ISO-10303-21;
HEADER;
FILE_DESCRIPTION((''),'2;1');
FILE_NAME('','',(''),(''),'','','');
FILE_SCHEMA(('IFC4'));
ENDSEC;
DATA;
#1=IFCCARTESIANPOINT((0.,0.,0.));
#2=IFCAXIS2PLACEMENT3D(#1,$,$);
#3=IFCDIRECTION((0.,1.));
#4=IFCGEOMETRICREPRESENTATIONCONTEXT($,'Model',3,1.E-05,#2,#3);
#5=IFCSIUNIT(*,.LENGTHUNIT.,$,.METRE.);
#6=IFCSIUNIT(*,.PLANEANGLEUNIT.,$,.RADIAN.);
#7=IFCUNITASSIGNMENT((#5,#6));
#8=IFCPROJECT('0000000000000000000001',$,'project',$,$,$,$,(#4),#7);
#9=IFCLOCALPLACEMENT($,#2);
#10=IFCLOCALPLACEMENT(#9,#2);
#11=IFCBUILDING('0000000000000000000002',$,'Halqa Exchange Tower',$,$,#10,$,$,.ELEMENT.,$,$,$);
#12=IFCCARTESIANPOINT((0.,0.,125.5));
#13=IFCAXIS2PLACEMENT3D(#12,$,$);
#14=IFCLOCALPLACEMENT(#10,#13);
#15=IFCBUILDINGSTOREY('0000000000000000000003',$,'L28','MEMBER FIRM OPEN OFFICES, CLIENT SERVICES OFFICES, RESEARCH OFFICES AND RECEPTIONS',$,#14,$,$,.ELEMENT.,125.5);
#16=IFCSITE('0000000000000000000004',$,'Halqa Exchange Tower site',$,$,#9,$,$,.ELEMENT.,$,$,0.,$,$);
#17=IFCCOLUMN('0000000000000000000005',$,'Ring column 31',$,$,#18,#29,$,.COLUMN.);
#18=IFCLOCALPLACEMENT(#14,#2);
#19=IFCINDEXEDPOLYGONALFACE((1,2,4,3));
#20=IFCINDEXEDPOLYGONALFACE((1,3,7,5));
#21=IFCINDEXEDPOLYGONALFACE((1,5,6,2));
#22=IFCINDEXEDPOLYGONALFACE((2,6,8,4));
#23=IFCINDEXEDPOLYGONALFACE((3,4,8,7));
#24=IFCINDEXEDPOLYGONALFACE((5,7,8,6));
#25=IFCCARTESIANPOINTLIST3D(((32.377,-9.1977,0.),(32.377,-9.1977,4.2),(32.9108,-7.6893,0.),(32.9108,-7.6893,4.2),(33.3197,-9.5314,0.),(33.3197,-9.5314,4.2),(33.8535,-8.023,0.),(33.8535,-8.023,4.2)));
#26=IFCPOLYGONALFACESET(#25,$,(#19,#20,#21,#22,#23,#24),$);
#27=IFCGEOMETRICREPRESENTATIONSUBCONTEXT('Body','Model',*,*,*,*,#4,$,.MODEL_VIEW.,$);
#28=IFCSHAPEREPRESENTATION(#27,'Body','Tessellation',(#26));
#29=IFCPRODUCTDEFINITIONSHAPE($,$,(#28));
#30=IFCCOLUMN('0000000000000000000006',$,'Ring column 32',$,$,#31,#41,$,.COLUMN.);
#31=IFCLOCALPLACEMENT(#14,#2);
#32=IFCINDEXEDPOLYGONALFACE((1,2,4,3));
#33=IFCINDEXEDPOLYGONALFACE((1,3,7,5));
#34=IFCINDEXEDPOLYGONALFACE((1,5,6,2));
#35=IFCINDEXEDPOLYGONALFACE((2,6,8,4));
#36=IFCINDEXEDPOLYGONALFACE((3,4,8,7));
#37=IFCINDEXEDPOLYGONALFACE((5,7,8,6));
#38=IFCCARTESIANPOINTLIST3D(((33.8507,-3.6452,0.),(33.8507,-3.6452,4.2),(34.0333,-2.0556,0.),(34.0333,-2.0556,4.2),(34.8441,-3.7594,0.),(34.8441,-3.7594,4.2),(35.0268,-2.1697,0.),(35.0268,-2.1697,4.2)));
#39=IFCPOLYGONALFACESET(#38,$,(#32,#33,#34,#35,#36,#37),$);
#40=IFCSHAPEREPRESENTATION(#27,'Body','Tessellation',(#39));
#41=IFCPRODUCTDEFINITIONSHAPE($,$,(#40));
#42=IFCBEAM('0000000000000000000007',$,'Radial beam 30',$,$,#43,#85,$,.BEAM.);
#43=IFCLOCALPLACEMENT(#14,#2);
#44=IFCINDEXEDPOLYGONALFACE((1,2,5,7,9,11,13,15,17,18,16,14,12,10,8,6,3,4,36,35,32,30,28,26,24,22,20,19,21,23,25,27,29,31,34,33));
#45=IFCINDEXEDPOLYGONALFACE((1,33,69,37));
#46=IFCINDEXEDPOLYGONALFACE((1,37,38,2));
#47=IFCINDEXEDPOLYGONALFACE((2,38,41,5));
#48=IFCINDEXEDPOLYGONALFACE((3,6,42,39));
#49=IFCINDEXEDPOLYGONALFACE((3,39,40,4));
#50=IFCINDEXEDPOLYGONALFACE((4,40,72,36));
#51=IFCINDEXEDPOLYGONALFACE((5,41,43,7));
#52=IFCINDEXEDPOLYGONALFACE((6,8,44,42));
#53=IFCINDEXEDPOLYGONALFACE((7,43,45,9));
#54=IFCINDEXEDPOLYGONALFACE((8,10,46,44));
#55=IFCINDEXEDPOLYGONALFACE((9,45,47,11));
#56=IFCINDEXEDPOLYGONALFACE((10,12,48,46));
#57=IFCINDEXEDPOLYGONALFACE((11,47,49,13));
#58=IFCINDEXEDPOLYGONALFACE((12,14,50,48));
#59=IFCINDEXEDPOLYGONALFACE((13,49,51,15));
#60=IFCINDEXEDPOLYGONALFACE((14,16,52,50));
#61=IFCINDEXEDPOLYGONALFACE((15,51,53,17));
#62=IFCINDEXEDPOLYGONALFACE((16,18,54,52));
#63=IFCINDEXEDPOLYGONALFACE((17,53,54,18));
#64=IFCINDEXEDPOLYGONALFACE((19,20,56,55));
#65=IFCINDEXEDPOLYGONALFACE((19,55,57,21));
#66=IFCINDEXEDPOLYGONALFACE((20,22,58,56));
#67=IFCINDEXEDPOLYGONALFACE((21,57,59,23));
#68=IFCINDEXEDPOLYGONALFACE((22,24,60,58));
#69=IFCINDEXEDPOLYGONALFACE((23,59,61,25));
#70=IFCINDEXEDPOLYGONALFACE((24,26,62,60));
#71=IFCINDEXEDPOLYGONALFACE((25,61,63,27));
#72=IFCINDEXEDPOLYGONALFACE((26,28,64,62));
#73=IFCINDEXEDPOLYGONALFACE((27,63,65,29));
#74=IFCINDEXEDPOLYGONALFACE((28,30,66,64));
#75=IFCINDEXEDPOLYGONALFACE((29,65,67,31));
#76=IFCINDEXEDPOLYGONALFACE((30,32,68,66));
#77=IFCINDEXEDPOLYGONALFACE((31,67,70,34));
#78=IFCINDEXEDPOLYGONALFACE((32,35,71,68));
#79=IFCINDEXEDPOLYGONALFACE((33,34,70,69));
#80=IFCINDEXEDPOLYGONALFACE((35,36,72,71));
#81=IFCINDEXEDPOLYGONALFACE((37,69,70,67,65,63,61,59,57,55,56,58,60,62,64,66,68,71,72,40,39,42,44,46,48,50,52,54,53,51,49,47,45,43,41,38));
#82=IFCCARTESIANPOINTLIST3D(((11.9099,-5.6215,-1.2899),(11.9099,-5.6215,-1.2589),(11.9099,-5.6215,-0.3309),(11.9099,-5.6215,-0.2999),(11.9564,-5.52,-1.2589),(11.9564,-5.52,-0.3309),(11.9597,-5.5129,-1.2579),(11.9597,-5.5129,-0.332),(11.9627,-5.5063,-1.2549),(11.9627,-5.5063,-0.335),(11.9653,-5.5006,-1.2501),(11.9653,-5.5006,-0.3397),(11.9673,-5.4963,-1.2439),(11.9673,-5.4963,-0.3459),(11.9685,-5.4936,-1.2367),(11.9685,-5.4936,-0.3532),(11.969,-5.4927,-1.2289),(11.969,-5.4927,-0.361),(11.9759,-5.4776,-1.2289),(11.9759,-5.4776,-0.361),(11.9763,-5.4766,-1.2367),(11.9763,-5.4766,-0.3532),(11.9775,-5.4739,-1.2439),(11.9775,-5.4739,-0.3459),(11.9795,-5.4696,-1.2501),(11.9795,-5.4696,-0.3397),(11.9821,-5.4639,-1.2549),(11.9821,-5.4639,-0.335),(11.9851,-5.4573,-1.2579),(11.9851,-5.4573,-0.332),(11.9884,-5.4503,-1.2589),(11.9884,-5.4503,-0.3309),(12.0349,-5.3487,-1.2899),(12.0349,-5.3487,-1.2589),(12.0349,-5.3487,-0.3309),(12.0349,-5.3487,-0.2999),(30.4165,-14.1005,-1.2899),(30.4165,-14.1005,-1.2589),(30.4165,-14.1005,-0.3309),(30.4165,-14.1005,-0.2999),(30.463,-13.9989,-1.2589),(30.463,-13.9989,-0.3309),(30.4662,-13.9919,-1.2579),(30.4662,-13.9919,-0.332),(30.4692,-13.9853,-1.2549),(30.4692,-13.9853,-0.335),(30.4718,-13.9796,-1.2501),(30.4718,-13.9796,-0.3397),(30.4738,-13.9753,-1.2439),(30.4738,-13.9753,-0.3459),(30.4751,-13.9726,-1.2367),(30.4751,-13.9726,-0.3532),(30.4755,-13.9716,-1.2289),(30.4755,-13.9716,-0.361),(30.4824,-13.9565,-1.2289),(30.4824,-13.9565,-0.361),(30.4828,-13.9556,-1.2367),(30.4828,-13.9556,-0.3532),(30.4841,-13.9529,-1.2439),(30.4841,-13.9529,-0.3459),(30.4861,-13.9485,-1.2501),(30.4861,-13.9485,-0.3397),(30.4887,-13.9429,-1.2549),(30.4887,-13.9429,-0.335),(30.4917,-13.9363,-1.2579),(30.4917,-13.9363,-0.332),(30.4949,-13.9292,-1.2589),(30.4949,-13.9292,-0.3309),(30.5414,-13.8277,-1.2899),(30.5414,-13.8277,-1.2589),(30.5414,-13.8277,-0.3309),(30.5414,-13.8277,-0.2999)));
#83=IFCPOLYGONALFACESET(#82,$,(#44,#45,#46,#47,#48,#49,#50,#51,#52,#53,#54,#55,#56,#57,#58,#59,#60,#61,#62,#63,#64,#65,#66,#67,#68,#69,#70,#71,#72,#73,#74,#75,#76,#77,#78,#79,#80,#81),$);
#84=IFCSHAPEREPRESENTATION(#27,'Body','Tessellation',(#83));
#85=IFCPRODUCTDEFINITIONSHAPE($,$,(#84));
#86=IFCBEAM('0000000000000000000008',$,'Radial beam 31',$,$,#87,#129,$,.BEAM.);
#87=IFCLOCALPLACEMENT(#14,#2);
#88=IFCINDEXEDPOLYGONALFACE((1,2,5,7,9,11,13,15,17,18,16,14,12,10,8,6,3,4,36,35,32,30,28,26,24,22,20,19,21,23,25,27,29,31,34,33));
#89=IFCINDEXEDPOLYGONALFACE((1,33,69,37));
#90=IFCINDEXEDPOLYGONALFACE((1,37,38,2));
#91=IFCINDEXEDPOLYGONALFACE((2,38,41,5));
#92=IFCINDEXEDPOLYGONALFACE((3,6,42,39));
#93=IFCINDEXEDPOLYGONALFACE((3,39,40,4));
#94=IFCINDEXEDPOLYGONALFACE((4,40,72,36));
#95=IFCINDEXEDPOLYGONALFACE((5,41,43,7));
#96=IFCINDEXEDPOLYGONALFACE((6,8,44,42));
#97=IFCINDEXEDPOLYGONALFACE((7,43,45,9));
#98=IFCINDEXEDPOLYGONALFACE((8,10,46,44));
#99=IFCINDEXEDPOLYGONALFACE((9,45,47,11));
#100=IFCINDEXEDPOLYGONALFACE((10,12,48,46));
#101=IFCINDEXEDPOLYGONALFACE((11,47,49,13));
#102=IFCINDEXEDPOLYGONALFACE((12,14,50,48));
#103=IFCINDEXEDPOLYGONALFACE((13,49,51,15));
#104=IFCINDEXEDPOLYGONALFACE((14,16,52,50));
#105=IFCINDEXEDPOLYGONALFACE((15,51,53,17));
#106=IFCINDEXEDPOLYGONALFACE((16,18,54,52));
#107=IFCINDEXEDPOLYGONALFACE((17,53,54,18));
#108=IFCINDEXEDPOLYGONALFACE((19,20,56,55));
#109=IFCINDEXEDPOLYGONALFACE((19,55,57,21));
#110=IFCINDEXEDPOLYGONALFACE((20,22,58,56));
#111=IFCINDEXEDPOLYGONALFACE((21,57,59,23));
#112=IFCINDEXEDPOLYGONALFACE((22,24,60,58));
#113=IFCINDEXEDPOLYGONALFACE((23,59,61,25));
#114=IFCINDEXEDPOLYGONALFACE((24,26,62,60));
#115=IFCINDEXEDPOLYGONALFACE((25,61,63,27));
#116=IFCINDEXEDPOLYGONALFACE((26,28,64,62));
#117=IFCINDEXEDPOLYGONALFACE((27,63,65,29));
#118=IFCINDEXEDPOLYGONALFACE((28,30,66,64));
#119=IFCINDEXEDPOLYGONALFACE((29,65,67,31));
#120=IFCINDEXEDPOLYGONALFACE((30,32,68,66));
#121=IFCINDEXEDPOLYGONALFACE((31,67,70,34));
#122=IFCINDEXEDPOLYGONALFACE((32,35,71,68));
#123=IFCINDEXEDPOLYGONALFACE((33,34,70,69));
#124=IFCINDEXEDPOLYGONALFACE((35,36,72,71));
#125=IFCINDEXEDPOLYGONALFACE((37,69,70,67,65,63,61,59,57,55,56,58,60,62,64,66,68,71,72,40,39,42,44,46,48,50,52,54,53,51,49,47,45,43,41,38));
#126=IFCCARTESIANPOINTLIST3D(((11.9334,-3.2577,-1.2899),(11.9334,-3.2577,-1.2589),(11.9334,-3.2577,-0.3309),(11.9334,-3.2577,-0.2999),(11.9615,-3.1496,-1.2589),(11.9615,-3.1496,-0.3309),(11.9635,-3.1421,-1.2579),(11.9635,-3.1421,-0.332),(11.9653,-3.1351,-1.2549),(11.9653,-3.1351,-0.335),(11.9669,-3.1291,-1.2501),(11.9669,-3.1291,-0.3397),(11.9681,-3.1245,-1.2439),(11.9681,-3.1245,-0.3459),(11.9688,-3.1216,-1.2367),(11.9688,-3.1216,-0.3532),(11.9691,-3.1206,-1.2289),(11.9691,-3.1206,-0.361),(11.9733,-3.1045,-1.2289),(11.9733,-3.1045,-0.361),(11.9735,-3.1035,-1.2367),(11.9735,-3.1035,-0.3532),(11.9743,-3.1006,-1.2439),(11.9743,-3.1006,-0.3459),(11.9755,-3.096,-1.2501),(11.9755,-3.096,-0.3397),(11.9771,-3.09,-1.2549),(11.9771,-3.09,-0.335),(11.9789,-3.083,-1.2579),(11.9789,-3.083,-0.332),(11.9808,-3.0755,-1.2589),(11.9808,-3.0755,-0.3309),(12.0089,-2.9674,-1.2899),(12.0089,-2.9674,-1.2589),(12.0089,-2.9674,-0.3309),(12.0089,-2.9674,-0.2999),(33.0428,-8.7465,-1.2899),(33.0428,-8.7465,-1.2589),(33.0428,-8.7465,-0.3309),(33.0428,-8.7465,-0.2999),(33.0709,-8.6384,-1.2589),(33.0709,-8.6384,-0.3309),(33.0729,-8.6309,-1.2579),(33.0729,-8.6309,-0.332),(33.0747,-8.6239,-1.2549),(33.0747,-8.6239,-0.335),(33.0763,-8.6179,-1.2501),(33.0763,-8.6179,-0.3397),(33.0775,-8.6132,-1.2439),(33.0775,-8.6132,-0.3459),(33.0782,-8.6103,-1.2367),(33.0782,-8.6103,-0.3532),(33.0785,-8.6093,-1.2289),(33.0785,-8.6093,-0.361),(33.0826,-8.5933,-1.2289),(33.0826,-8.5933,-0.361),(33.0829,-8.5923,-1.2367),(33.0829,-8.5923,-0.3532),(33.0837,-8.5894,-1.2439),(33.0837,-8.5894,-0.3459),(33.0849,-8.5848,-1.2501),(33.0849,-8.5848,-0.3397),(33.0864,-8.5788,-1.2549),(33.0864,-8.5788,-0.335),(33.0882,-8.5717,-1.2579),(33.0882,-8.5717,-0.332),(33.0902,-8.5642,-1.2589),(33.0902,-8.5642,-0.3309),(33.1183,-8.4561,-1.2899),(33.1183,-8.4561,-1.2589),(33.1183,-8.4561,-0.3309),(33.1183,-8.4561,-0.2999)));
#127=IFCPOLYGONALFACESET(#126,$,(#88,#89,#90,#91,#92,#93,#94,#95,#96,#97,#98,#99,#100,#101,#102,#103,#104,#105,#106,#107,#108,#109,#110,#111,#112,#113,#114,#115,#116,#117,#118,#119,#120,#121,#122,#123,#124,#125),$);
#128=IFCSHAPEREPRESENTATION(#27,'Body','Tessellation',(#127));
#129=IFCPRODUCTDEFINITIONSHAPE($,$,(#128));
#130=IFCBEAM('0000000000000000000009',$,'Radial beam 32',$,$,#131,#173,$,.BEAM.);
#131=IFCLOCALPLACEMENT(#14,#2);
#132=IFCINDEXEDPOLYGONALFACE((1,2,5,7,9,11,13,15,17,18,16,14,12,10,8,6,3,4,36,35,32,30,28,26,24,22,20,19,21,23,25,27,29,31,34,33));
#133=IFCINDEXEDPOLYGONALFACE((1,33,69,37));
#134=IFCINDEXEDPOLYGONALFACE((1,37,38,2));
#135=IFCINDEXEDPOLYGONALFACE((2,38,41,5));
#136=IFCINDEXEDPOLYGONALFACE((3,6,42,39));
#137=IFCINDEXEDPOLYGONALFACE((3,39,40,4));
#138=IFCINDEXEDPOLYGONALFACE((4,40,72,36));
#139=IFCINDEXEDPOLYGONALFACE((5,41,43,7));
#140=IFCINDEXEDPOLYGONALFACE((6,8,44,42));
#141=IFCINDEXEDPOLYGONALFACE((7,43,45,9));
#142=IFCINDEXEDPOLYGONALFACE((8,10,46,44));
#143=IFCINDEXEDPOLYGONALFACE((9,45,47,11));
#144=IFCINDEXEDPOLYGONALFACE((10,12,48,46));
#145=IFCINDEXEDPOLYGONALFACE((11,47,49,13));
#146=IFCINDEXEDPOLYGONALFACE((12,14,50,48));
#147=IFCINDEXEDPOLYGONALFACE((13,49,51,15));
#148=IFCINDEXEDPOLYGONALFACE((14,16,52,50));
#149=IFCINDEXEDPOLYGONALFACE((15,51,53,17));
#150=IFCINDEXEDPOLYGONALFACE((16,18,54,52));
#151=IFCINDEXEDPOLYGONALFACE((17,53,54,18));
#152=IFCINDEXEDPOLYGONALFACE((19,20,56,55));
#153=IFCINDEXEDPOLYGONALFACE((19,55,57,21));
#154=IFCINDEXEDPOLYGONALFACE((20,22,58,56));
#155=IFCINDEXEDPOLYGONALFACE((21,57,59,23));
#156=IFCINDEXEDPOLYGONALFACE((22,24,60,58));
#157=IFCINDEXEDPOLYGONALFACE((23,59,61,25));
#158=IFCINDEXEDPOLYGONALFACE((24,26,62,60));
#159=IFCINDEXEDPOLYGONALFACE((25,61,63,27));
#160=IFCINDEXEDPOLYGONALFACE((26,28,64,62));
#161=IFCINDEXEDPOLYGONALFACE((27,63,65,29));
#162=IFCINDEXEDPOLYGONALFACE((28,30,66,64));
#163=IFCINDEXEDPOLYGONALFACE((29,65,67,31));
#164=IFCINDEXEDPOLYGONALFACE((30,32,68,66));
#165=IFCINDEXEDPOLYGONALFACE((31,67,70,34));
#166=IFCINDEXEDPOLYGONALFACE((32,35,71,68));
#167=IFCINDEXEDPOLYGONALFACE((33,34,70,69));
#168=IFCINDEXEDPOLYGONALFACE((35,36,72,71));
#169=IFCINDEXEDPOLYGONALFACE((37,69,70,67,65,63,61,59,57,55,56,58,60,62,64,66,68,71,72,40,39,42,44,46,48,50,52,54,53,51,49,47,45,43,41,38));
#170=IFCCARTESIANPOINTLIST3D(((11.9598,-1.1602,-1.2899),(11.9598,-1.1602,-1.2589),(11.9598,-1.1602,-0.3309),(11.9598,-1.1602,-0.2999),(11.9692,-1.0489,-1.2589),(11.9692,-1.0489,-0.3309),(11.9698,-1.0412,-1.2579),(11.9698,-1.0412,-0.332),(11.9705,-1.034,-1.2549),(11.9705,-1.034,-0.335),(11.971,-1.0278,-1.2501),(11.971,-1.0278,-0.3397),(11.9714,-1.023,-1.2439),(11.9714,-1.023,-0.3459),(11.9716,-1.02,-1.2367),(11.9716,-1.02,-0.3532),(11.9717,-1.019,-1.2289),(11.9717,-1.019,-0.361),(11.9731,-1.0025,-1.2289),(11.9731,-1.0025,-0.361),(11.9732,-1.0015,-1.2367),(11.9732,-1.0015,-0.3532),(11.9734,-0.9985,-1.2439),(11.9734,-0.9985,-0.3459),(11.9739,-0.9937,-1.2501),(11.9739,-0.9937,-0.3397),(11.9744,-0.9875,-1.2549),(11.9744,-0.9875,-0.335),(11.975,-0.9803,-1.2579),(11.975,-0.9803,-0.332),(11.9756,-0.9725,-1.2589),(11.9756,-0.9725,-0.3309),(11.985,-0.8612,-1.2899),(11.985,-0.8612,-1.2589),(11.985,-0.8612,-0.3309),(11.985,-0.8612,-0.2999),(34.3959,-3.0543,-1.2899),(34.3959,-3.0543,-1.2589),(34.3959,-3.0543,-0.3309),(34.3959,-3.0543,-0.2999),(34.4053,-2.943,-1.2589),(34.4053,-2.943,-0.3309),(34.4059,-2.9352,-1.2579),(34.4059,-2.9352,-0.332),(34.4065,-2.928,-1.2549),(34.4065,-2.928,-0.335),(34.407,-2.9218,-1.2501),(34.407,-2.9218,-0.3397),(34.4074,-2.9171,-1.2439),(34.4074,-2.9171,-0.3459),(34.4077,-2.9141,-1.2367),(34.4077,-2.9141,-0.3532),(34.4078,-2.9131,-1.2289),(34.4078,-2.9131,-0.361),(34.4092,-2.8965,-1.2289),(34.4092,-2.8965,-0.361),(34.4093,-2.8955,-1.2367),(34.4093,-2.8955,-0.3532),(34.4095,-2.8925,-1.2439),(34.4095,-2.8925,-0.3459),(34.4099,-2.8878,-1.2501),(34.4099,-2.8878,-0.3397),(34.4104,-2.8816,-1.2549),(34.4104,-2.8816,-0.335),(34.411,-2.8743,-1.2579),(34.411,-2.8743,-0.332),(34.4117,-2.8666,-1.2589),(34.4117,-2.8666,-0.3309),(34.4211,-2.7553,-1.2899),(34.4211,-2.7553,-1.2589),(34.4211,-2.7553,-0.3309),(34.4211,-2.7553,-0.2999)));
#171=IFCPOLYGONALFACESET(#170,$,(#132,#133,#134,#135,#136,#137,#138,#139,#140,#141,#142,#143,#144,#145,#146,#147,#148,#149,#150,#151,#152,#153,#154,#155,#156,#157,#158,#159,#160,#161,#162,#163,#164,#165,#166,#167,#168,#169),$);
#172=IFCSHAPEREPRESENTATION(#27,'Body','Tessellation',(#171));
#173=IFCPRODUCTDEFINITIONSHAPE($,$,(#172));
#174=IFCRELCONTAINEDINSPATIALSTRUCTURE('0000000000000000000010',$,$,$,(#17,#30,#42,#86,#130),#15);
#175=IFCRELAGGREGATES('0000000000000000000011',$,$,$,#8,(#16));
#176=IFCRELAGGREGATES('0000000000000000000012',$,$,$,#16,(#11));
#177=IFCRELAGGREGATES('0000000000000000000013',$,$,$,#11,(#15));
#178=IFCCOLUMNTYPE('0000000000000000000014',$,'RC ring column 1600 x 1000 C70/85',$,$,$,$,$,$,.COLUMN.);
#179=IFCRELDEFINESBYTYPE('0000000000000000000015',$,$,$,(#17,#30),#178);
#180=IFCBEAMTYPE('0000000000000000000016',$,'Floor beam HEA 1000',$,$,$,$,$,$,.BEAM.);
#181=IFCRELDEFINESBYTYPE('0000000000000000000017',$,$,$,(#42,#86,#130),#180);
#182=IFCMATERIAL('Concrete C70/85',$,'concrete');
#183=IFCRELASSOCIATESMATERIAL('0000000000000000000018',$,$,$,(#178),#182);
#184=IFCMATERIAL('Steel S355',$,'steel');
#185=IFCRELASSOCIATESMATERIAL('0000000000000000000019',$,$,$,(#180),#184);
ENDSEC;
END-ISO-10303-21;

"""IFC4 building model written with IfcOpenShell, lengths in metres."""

from ifc_helpers import new_model, si_unit, direction, frame, origin, origin_2d, place, context, subcontext, project, spatial, rectangle, i_section, extrude, material, material_profile, profile_set, type_object, element, save


model = new_model("IFC4")

# Units and contexts
model_context = context("Model", 3, precision=1e-05, world=origin(), true_north=direction((0.0, 1.0)))
body_context = subcontext(model_context, "Body", "Model", "MODEL_VIEW")
ifc_project = project(units=[si_unit("LENGTHUNIT", "METRE"), si_unit("PLANEANGLEUNIT", "RADIAN")], contexts=[model_context])

# Site, building, storey
site_placement = place(None, origin())
site = spatial("IfcSite", under=ifc_project, at=site_placement, Name="Halqa Exchange Tower site", CompositionType="ELEMENT", RefElevation=0.0)
building_placement = place(site_placement, origin())
building = spatial("IfcBuilding", under=site, at=building_placement, Name="Halqa Exchange Tower", CompositionType="ELEMENT")
storey_placement = place(building_placement, frame((0.0, 0.0, 125.5)))
storey = spatial("IfcBuildingStorey", under=building, at=storey_placement, Name="L28", Description="MEMBER FIRM OPEN OFFICES, CLIENT SERVICES OFFICES, RESEARCH OFFICES AND RECEPTIONS", CompositionType="ELEMENT", Elevation=125.5)

# Columns
ifc_material_1 = material(Name="Concrete C70/85", Category="concrete")
ifc_material_profile_1 = material_profile(ifc_material_1, rectangle(XDim=1.6001, YDim=1.0, at=origin_2d()), Name="1600 x 1000")
ifc_profile_set_1 = profile_set([ifc_material_profile_1], Name="Concrete C70/85")
column_type = type_object("IfcColumnType", Name="RC ring column 1600 x 1000 C70/85", PredefinedType="COLUMN", material=ifc_profile_set_1)
for number, where, z_axis, x_axis, name in (
    (1, (33.1152, -8.6104, 0.0), (0.0, 0.0, 1.0), (0.333636, 0.942702, 0.0), "Ring column 31"),
    (2, (34.4387, -2.9075, 0.0), (0.0, 0.0, 1.0), (0.114159, 0.993463, 0.0), "Ring column 32"),
):
    element("IfcColumn", number, at=place(storey_placement, frame(where, z_axis=z_axis, x_axis=x_axis)), inside=storey, type_object=column_type, Name=name, PredefinedType="COLUMN", context=body_context, shape_type="SweptSolid", body=[
        extrude(rectangle(XDim=1.6001, YDim=1.0, at=origin_2d()), origin(), (0.0, 0.0, 1.0), 4.2),
    ])

# Beams
ifc_material_2 = material(Name="Steel S355", Category="steel")
ifc_material_profile_2 = material_profile(ifc_material_2, i_section(OverallWidth=0.3, OverallDepth=0.99, WebThickness=0.0166, FlangeThickness=0.031, FilletRadius=0.03, at=origin_2d()), Name="HEA 1000")
ifc_profile_set_2 = profile_set([ifc_material_profile_2], Name="Steel S355")
beam_type_1 = type_object("IfcBeamType", Name="Floor beam HEA 1000", PredefinedType="BEAM", material=ifc_profile_set_2)
beam_1_placement = place(storey_placement, frame((11.9724, -5.4851, -0.7949), z_axis=(0.909124, -0.416525, 0.0), x_axis=(0.416525, 0.909124, 0.0)))
element("IfcBeam", 3, at=beam_1_placement, inside=storey, type_object=beam_type_1, Name="Radial beam 30", PredefinedType="BEAM", context=body_context, shape_type="SweptSolid", body=[
    extrude(i_section(OverallWidth=0.3, OverallDepth=0.99, WebThickness=0.0166, FlangeThickness=0.031, FilletRadius=0.03, at=origin_2d()), origin(), (0.0, 0.0, 1.0), 20.3564),
])
beam_2_placement = place(storey_placement, frame((11.9712, -3.1125, -0.7949), z_axis=(0.967819, -0.251648, 0.0), x_axis=(0.251648, 0.967819, 0.0)))
element("IfcBeam", 4, at=beam_2_placement, inside=storey, type_object=beam_type_1, Name="Radial beam 31", PredefinedType="BEAM", context=body_context, shape_type="SweptSolid", body=[
    extrude(i_section(OverallWidth=0.3, OverallDepth=0.99, WebThickness=0.0166, FlangeThickness=0.031, FilletRadius=0.03, at=origin_2d()), origin(), (0.0, 0.0, 1.0), 21.8113),
])
beam_3_placement = place(storey_placement, frame((11.9724, -1.0107, -0.7949), z_axis=(0.996456, -0.08412, 0.0), x_axis=(0.08412, 0.996456, 0.0)))
element("IfcBeam", 5, at=beam_3_placement, inside=storey, type_object=beam_type_1, Name="Radial beam 32", PredefinedType="BEAM", context=body_context, shape_type="SweptSolid", body=[
    extrude(i_section(OverallWidth=0.3, OverallDepth=0.99, WebThickness=0.0166, FlangeThickness=0.031, FilletRadius=0.03, at=origin_2d()), origin(), (0.0, 0.0, 1.0), 22.5159),
])

save(model, "model.ifc")
